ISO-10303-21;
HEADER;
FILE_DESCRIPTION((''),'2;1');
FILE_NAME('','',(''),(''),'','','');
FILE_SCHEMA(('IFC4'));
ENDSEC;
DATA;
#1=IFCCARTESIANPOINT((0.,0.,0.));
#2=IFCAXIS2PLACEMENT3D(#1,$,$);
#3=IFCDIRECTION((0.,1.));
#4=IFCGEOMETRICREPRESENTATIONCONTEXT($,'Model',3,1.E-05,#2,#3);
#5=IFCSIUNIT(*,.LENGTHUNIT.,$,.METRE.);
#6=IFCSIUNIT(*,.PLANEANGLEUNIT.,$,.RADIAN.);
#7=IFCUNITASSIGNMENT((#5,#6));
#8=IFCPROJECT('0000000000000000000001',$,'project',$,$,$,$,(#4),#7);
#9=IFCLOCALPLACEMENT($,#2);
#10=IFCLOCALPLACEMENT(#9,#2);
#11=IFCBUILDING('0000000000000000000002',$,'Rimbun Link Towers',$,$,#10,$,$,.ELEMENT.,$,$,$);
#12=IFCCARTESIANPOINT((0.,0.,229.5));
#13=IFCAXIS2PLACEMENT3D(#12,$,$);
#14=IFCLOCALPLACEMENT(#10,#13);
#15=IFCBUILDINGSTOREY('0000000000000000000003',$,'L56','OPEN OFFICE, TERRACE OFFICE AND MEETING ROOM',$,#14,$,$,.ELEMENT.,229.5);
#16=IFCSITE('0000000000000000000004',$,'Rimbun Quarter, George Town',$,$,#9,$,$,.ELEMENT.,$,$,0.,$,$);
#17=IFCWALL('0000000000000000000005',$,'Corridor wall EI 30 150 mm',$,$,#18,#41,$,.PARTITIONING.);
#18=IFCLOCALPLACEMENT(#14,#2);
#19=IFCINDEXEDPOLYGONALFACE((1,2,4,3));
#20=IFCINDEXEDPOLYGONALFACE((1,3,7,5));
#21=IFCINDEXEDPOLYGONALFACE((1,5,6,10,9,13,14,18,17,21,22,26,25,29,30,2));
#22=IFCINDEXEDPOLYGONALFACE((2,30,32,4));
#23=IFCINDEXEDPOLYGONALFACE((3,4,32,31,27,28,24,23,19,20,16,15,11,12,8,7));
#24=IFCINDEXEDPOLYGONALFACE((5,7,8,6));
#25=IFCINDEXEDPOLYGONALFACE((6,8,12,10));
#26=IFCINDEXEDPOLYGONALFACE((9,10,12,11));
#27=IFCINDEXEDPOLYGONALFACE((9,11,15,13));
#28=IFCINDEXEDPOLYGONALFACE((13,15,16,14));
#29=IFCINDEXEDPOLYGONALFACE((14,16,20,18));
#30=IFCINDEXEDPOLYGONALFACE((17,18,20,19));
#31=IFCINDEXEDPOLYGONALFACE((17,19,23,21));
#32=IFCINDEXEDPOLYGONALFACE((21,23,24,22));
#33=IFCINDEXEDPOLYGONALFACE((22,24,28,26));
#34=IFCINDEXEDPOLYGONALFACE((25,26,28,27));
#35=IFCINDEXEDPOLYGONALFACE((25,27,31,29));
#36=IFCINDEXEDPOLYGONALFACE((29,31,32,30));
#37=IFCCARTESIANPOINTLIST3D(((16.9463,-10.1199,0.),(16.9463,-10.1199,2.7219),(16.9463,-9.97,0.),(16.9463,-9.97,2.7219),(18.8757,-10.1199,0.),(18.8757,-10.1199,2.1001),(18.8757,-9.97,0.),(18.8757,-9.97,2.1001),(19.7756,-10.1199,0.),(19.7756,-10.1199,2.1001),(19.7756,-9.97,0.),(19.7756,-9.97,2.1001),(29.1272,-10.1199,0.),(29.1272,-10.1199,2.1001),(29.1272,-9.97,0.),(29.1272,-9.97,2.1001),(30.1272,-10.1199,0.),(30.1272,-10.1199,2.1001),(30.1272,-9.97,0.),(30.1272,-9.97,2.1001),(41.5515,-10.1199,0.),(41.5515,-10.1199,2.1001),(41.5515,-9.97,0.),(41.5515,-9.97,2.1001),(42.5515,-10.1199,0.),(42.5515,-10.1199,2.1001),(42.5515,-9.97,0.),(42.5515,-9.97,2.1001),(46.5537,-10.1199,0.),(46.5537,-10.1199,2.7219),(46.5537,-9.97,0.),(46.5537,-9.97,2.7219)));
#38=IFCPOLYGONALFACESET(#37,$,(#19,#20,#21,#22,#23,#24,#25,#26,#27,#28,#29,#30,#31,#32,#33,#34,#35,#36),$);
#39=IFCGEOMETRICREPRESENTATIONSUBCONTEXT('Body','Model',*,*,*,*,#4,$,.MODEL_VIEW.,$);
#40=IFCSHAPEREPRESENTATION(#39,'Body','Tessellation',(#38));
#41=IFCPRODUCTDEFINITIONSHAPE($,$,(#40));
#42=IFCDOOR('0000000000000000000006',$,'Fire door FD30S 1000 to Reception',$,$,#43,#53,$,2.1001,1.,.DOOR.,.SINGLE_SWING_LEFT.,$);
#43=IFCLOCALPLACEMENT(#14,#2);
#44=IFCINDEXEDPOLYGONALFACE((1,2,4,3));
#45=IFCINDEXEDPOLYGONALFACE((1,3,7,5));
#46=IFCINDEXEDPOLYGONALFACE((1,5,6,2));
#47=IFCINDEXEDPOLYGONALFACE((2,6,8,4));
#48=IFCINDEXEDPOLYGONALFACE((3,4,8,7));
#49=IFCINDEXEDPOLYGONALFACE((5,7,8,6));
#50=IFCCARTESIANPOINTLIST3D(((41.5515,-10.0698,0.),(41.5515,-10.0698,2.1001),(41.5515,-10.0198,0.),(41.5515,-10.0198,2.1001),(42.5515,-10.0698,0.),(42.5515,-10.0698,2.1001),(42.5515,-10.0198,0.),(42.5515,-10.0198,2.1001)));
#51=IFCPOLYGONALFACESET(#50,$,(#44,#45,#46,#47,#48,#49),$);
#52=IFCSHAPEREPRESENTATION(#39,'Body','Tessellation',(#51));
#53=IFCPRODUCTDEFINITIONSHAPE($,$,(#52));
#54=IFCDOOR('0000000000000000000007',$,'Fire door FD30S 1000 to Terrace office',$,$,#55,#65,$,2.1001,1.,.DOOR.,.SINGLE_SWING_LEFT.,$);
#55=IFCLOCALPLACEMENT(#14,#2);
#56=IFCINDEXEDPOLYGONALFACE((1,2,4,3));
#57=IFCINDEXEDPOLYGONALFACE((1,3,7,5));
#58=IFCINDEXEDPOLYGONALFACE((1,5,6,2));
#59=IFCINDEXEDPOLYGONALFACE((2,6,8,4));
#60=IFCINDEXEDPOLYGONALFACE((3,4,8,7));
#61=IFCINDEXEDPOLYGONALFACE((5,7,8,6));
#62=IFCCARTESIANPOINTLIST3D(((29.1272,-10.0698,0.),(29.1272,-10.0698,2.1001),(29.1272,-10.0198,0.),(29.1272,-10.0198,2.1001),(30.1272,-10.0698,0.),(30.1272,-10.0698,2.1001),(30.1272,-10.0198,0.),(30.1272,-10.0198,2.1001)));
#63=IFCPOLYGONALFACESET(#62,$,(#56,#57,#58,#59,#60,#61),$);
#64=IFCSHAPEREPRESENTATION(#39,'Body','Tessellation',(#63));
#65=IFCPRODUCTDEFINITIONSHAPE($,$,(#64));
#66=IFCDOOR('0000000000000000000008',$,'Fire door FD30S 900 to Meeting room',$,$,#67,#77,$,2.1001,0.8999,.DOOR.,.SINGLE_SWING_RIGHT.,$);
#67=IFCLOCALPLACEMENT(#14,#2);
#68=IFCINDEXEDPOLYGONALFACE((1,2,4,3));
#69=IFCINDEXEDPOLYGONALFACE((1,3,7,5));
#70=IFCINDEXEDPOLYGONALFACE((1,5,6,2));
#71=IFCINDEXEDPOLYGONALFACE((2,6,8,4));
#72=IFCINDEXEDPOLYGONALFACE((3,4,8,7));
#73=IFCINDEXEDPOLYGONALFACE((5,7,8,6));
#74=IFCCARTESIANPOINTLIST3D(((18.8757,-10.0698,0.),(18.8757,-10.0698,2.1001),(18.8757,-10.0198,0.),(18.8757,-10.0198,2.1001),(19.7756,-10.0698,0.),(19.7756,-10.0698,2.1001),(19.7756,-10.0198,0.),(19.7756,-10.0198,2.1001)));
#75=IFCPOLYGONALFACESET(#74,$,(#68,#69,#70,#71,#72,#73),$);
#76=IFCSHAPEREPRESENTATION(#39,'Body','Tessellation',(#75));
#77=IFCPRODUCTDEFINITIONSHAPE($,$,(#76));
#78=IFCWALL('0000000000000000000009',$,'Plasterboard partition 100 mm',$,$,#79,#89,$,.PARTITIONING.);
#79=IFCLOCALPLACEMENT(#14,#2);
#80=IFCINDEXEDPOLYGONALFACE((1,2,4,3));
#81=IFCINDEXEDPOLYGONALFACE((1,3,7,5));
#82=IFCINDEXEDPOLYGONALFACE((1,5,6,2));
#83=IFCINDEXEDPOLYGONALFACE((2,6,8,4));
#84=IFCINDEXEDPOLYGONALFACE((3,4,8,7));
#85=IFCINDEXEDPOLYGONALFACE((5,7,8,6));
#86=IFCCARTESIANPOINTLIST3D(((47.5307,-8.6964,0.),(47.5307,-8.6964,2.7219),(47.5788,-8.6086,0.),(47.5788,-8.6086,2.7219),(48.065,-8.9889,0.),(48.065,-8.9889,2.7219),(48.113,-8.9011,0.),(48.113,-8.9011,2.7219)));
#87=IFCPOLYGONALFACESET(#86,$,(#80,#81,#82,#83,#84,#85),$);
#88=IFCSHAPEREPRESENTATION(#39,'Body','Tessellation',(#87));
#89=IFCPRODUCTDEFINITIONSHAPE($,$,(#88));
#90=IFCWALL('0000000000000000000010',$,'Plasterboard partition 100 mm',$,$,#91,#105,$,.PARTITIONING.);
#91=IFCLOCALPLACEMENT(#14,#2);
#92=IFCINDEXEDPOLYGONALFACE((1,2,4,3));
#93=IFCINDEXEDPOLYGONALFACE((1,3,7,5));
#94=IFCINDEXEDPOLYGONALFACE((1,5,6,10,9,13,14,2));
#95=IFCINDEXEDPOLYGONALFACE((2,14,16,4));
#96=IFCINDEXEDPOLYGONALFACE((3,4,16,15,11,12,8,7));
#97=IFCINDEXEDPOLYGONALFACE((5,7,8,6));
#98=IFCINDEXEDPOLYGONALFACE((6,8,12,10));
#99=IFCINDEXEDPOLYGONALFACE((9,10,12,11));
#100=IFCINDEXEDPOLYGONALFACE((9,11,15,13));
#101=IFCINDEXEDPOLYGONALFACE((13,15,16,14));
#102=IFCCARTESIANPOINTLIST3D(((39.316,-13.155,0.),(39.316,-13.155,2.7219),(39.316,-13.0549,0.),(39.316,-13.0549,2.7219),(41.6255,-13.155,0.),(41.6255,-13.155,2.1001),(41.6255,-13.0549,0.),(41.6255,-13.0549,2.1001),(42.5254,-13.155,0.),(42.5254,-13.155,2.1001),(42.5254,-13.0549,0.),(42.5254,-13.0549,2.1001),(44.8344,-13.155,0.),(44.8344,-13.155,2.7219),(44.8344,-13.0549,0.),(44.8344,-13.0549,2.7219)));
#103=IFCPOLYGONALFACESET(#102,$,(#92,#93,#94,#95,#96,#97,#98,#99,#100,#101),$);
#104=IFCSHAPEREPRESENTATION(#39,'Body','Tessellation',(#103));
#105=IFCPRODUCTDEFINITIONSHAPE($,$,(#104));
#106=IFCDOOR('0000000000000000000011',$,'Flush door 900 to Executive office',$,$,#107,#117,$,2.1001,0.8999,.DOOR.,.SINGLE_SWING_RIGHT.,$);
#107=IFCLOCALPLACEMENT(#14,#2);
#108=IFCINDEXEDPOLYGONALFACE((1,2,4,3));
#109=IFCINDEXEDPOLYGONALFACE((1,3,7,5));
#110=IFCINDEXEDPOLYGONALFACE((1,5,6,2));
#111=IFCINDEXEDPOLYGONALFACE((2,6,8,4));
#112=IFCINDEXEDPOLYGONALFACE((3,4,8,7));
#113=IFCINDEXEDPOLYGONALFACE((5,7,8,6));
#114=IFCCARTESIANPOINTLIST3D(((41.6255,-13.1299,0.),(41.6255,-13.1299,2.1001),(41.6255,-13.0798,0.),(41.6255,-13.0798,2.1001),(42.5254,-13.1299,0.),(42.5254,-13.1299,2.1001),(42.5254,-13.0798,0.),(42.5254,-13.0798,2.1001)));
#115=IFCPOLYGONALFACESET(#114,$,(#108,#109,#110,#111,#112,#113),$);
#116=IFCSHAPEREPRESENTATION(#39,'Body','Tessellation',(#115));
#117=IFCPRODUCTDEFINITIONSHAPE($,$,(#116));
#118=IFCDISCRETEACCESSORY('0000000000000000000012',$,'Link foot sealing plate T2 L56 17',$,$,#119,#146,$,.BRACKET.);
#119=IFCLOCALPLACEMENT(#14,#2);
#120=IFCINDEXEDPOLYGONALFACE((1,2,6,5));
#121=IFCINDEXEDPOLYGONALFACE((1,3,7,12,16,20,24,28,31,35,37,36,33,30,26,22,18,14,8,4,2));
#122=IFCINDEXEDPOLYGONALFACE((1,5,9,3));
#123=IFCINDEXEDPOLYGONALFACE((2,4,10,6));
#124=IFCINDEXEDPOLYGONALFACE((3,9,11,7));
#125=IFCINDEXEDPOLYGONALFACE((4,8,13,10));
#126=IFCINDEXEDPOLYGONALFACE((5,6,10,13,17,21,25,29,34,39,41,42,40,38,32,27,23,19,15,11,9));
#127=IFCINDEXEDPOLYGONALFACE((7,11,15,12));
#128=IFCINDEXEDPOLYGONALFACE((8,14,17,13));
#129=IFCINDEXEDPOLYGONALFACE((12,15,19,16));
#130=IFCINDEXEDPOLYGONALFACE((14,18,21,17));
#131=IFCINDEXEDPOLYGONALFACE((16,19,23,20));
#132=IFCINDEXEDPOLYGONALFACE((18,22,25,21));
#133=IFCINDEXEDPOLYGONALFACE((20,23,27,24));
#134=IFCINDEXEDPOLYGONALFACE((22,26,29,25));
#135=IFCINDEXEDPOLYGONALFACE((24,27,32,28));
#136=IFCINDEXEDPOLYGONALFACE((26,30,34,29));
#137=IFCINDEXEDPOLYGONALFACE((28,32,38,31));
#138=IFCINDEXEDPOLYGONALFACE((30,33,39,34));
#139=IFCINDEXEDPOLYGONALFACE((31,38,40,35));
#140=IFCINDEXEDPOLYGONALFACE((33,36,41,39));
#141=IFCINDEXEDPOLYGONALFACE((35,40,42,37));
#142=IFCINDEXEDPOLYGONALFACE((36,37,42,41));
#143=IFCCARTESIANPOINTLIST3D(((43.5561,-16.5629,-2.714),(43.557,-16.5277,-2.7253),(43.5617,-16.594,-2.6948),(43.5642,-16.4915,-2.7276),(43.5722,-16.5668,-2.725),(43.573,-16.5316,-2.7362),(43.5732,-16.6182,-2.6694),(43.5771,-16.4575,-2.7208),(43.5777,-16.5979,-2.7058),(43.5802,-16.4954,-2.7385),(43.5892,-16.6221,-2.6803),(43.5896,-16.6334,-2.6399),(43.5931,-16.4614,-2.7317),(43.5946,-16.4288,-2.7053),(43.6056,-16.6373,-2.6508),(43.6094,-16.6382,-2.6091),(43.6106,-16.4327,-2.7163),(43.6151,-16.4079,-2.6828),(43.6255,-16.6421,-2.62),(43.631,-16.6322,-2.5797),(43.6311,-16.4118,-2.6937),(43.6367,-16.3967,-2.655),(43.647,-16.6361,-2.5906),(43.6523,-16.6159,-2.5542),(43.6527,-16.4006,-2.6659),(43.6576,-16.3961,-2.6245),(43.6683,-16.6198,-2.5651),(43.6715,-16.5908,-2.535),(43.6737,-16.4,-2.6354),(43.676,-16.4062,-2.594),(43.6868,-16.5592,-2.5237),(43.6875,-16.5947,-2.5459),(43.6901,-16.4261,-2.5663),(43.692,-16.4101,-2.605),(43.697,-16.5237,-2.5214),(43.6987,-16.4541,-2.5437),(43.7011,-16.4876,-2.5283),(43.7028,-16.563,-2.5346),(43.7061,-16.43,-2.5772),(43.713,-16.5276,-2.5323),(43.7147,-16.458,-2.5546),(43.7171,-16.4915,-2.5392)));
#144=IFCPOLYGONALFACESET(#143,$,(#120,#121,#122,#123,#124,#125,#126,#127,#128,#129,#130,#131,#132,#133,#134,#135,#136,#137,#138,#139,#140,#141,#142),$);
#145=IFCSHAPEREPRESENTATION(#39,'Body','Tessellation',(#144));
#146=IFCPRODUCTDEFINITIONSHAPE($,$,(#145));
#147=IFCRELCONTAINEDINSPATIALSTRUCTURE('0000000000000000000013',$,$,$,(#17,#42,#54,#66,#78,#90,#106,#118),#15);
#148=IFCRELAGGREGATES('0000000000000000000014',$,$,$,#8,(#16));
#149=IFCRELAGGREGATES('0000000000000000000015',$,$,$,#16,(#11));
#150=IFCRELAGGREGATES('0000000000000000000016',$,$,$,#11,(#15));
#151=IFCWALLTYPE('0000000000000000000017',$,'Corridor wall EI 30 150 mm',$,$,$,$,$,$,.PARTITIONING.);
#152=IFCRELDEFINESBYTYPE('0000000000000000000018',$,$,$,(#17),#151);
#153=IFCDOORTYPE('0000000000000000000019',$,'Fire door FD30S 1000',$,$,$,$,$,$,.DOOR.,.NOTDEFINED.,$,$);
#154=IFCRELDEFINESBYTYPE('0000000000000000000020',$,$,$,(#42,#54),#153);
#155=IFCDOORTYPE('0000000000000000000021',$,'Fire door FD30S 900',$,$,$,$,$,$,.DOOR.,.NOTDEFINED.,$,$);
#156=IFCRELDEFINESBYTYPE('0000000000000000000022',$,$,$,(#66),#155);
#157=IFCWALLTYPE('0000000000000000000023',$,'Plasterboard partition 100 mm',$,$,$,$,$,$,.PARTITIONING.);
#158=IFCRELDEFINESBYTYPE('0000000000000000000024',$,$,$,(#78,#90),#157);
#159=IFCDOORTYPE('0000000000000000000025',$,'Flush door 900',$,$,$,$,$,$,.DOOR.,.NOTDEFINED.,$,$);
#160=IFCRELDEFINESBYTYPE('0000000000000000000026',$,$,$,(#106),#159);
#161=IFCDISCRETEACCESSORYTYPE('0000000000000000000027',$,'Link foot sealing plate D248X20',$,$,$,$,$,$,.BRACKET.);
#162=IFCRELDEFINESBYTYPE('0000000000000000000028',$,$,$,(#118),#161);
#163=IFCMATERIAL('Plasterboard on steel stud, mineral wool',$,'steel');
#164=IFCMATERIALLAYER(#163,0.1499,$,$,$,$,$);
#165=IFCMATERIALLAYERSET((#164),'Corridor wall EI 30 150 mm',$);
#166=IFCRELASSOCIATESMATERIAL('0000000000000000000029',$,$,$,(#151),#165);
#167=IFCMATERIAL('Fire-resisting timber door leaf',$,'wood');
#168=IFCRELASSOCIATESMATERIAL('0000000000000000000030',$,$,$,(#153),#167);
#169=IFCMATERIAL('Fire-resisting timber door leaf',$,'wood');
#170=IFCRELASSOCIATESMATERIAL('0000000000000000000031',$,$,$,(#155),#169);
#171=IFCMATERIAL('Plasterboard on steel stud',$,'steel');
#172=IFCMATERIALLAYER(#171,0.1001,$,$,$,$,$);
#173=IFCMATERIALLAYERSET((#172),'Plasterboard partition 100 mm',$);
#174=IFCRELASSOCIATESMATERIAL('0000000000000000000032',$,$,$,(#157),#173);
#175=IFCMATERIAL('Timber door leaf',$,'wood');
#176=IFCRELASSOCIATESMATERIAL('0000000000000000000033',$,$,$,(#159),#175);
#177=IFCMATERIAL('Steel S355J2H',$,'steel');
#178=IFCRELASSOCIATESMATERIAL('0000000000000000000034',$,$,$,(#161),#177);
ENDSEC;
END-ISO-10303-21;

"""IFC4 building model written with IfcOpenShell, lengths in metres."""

from ifc_helpers import new_model, si_unit, direction, frame, frame_2d, origin, origin_2d, place, context, subcontext, project, spatial, rectangle, circle, extrude, material, layer, layer_set, material_profile, profile_set, type_object, element, fill, save


model = new_model("IFC4")

# Units and contexts
model_context = context("Model", 3, precision=1e-05, world=origin(), true_north=direction((0.0, 1.0)))
body_context = subcontext(model_context, "Body", "Model", "MODEL_VIEW")
ifc_project = project(units=[si_unit("LENGTHUNIT", "METRE"), si_unit("PLANEANGLEUNIT", "RADIAN")], contexts=[model_context])

# Site, building, storey
site_placement = place(None, origin())
site = spatial("IfcSite", under=ifc_project, at=site_placement, Name="Rimbun Quarter, George Town", CompositionType="ELEMENT", RefElevation=0.0)
building_placement = place(site_placement, origin())
building = spatial("IfcBuilding", under=site, at=building_placement, Name="Rimbun Link Towers", CompositionType="ELEMENT")
storey_placement = place(building_placement, frame((0.0, 0.0, 229.5)))
storey = spatial("IfcBuildingStorey", under=building, at=storey_placement, Name="L56", Description="OPEN OFFICE, TERRACE OFFICE AND MEETING ROOM", CompositionType="ELEMENT", Elevation=229.5)

# Shared definitions
ifc_material_1 = material(Name="Plasterboard on steel stud, mineral wool", Category="steel")
ifc_layer_1 = layer(ifc_material_1, 0.1499)
ifc_layer_set_1 = layer_set([ifc_layer_1], Name="Corridor wall EI 30 150 mm")
wall_type_1 = type_object("IfcWallType", Name="Corridor wall EI 30 150 mm", PredefinedType="PARTITIONING", material=ifc_layer_set_1)

# Wall, openings, doors
wall_1_placement = place(storey_placement, frame((46.5537, -10.0449, 0.0), z_axis=(0.0, 0.0, 1.0), x_axis=(-1.0, 0.0, 0.0)))
wall_1 = element("IfcWall", 1, at=wall_1_placement, inside=storey, type_object=wall_type_1, Name="Corridor wall EI 30 150 mm", PredefinedType="PARTITIONING", context=body_context, shape_type="SweptSolid", body=[
    extrude(rectangle(XDim=29.6074, YDim=0.1499, at=frame_2d((14.8037, 0.0))), origin(), (0.0, 0.0, 1.0), 2.7219),
])
opening_1_placement = place(wall_1_placement, frame((4.0022, 0.0, 0.0)))
opening_1 = element("IfcOpeningElement", 2, at=opening_1_placement, cuts=wall_1, PredefinedType="OPENING", context=body_context, shape_type="SweptSolid", body=[
    extrude(rectangle(XDim=1.0, YDim=2.1001, at=frame_2d((0.5, 1.05))), frame((0.0, 0.085, 0.0), z_axis=(0.0, -1.0, 0.0), x_axis=(1.0, 0.0, 0.0)), (0.0, 0.0, 1.0), 0.1699),
])
opening_2_placement = place(wall_1_placement, frame((26.7781, 0.0, 0.0)))
opening_2 = element("IfcOpeningElement", 3, at=opening_2_placement, cuts=wall_1, PredefinedType="OPENING", context=body_context, shape_type="SweptSolid", body=[
    extrude(rectangle(XDim=0.8999, YDim=2.1001, at=frame_2d((0.45, 1.05))), frame((0.0, 0.085, 0.0), z_axis=(0.0, -1.0, 0.0), x_axis=(1.0, 0.0, 0.0)), (0.0, 0.0, 1.0), 0.1699),
])
opening_3_placement = place(wall_1_placement, frame((16.4265, 0.0, 0.0)))
opening_3 = element("IfcOpeningElement", 4, at=opening_3_placement, cuts=wall_1, PredefinedType="OPENING", context=body_context, shape_type="SweptSolid", body=[
    extrude(rectangle(XDim=1.0, YDim=2.1001, at=frame_2d((0.5, 1.05))), frame((0.0, 0.085, 0.0), z_axis=(0.0, -1.0, 0.0), x_axis=(1.0, 0.0, 0.0)), (0.0, 0.0, 1.0), 0.1699),
])
ifc_material_2 = material(Name="Fire-resisting timber door leaf", Category="wood")
door_type_1 = type_object("IfcDoorType", Name="Fire door FD30S 1000", OperationType="NOTDEFINED", PredefinedType="DOOR", material=ifc_material_2)
door_1_placement = place(opening_1_placement, origin())
door_1 = element("IfcDoor", 5, at=door_1_placement, inside=storey, type_object=door_type_1, Name="Fire door FD30S 1000 to Reception", OperationType="SINGLE_SWING_LEFT", OverallHeight=2.1001, OverallWidth=1.0, PredefinedType="DOOR", context=body_context, shape_type="SweptSolid", body=[
    extrude(rectangle(XDim=1.0, YDim=2.1001, at=frame_2d((0.5, 1.05))), frame((0.0, 0.0249, 0.0), z_axis=(0.0, -1.0, 0.0), x_axis=(1.0, 0.0, 0.0)), (0.0, 0.0, 1.0), 0.05),
])
fill(opening_1, door_1)
door_2_placement = place(opening_3_placement, origin())
door_2 = element("IfcDoor", 6, at=door_2_placement, inside=storey, type_object=door_type_1, Name="Fire door FD30S 1000 to Terrace office", OperationType="SINGLE_SWING_LEFT", OverallHeight=2.1001, OverallWidth=1.0, PredefinedType="DOOR", context=body_context, shape_type="SweptSolid", body=[
    extrude(rectangle(XDim=1.0, YDim=2.1001, at=frame_2d((0.5, 1.05))), frame((0.0, 0.0249, 0.0), z_axis=(0.0, -1.0, 0.0), x_axis=(1.0, 0.0, 0.0)), (0.0, 0.0, 1.0), 0.05),
])
fill(opening_3, door_2)
ifc_material_3 = material(Name="Fire-resisting timber door leaf", Category="wood")
door_type_2 = type_object("IfcDoorType", Name="Fire door FD30S 900", OperationType="NOTDEFINED", PredefinedType="DOOR", material=ifc_material_3)
door_3_placement = place(opening_2_placement, origin())
door_3 = element("IfcDoor", 7, at=door_3_placement, inside=storey, type_object=door_type_2, Name="Fire door FD30S 900 to Meeting room", OperationType="SINGLE_SWING_RIGHT", OverallHeight=2.1001, OverallWidth=0.8999, PredefinedType="DOOR", context=body_context, shape_type="SweptSolid", body=[
    extrude(rectangle(XDim=0.8999, YDim=2.1001, at=frame_2d((0.45, 1.05))), frame((0.0, 0.0249, 0.0), z_axis=(0.0, -1.0, 0.0), x_axis=(1.0, 0.0, 0.0)), (0.0, 0.0, 1.0), 0.05),
])
fill(opening_2, door_3)

# Wall
ifc_material_4 = material(Name="Plasterboard on steel stud", Category="steel")
ifc_layer_2 = layer(ifc_material_4, 0.1001)
ifc_layer_set_2 = layer_set([ifc_layer_2], Name="Plasterboard partition 100 mm")
wall_type_2 = type_object("IfcWallType", Name="Plasterboard partition 100 mm", PredefinedType="PARTITIONING", material=ifc_layer_set_2)
wall_2_placement = place(storey_placement, frame((48.0891, -8.9451, 0.0), z_axis=(0.0, 0.0, 1.0), x_axis=(-0.877128, 0.480256, 0.0)))
element("IfcWall", 8, at=wall_2_placement, inside=storey, type_object=wall_type_2, Name="Plasterboard partition 100 mm", PredefinedType="PARTITIONING", context=body_context, shape_type="SweptSolid", body=[
    extrude(rectangle(XDim=0.6091, YDim=0.1001, at=frame_2d((0.3047, 0.0))), origin(), (0.0, 0.0, 1.0), 2.7219),
])

# Wall, opening, door
wall_3_placement = place(storey_placement, frame((44.8345, -13.105, 0.0), z_axis=(0.0, 0.0, 1.0), x_axis=(-1.0, 0.0, 0.0)))
wall_3 = element("IfcWall", 9, at=wall_3_placement, inside=storey, type_object=wall_type_2, Name="Plasterboard partition 100 mm", PredefinedType="PARTITIONING", context=body_context, shape_type="SweptSolid", body=[
    extrude(rectangle(XDim=5.5183, YDim=0.1001, at=frame_2d((2.7593, 0.0))), origin(), (0.0, 0.0, 1.0), 2.7219),
])
opening_4_placement = place(wall_3_placement, frame((2.3091, 0.0, 0.0)))
opening_4 = element("IfcOpeningElement", 10, at=opening_4_placement, cuts=wall_3, PredefinedType="OPENING", context=body_context, shape_type="SweptSolid", body=[
    extrude(rectangle(XDim=0.8999, YDim=2.1001, at=frame_2d((0.45, 1.05))), frame((0.0, 0.0601, 0.0), z_axis=(0.0, -1.0, 0.0), x_axis=(1.0, 0.0, 0.0)), (0.0, 0.0, 1.0), 0.1201),
])
ifc_material_5 = material(Name="Timber door leaf", Category="wood")
door_type_3 = type_object("IfcDoorType", Name="Flush door 900", OperationType="NOTDEFINED", PredefinedType="DOOR", material=ifc_material_5)
door_4_placement = place(opening_4_placement, origin())
door_4 = element("IfcDoor", 11, at=door_4_placement, inside=storey, type_object=door_type_3, Name="Flush door 900 to Executive office", OperationType="SINGLE_SWING_RIGHT", OverallHeight=2.1001, OverallWidth=0.8999, PredefinedType="DOOR", context=body_context, shape_type="SweptSolid", body=[
    extrude(rectangle(XDim=0.8999, YDim=2.1001, at=frame_2d((0.45, 1.05))), frame((0.0, 0.0249, 0.0), z_axis=(0.0, -1.0, 0.0), x_axis=(1.0, 0.0, 0.0)), (0.0, 0.0, 1.0), 0.05),
])
fill(opening_4, door_4)

# Discrete accessory
ifc_material_6 = material(Name="Steel S355J2H", Category="steel")
ifc_material_profile_1 = material_profile(ifc_material_6, circle(Radius=0.124, at=origin_2d()), Name="PL D248")
ifc_profile_set_1 = profile_set([ifc_material_profile_1], Name="Steel S355J2H")
discrete_accessory_type = type_object("IfcDiscreteAccessoryType", Name="Link foot sealing plate D248X20", PredefinedType="BRACKET", material=ifc_profile_set_1)
discrete_accessory_placement = place(storey_placement, frame((43.6284, -16.5166, -2.6245), z_axis=(0.810136, -0.196397, -0.552366), x_axis=(0.2356, 0.97185, 0.0)))
element("IfcDiscreteAccessory", 12, at=discrete_accessory_placement, inside=storey, type_object=discrete_accessory_type, Name="Link foot sealing plate T2 L56 17", PredefinedType="BRACKET", context=body_context, shape_type="SweptSolid", body=[
    extrude(circle(Radius=0.124, at=origin_2d()), origin(), (0.0, 0.0, 1.0), 0.0198),
])

save(model, "model.ifc")
